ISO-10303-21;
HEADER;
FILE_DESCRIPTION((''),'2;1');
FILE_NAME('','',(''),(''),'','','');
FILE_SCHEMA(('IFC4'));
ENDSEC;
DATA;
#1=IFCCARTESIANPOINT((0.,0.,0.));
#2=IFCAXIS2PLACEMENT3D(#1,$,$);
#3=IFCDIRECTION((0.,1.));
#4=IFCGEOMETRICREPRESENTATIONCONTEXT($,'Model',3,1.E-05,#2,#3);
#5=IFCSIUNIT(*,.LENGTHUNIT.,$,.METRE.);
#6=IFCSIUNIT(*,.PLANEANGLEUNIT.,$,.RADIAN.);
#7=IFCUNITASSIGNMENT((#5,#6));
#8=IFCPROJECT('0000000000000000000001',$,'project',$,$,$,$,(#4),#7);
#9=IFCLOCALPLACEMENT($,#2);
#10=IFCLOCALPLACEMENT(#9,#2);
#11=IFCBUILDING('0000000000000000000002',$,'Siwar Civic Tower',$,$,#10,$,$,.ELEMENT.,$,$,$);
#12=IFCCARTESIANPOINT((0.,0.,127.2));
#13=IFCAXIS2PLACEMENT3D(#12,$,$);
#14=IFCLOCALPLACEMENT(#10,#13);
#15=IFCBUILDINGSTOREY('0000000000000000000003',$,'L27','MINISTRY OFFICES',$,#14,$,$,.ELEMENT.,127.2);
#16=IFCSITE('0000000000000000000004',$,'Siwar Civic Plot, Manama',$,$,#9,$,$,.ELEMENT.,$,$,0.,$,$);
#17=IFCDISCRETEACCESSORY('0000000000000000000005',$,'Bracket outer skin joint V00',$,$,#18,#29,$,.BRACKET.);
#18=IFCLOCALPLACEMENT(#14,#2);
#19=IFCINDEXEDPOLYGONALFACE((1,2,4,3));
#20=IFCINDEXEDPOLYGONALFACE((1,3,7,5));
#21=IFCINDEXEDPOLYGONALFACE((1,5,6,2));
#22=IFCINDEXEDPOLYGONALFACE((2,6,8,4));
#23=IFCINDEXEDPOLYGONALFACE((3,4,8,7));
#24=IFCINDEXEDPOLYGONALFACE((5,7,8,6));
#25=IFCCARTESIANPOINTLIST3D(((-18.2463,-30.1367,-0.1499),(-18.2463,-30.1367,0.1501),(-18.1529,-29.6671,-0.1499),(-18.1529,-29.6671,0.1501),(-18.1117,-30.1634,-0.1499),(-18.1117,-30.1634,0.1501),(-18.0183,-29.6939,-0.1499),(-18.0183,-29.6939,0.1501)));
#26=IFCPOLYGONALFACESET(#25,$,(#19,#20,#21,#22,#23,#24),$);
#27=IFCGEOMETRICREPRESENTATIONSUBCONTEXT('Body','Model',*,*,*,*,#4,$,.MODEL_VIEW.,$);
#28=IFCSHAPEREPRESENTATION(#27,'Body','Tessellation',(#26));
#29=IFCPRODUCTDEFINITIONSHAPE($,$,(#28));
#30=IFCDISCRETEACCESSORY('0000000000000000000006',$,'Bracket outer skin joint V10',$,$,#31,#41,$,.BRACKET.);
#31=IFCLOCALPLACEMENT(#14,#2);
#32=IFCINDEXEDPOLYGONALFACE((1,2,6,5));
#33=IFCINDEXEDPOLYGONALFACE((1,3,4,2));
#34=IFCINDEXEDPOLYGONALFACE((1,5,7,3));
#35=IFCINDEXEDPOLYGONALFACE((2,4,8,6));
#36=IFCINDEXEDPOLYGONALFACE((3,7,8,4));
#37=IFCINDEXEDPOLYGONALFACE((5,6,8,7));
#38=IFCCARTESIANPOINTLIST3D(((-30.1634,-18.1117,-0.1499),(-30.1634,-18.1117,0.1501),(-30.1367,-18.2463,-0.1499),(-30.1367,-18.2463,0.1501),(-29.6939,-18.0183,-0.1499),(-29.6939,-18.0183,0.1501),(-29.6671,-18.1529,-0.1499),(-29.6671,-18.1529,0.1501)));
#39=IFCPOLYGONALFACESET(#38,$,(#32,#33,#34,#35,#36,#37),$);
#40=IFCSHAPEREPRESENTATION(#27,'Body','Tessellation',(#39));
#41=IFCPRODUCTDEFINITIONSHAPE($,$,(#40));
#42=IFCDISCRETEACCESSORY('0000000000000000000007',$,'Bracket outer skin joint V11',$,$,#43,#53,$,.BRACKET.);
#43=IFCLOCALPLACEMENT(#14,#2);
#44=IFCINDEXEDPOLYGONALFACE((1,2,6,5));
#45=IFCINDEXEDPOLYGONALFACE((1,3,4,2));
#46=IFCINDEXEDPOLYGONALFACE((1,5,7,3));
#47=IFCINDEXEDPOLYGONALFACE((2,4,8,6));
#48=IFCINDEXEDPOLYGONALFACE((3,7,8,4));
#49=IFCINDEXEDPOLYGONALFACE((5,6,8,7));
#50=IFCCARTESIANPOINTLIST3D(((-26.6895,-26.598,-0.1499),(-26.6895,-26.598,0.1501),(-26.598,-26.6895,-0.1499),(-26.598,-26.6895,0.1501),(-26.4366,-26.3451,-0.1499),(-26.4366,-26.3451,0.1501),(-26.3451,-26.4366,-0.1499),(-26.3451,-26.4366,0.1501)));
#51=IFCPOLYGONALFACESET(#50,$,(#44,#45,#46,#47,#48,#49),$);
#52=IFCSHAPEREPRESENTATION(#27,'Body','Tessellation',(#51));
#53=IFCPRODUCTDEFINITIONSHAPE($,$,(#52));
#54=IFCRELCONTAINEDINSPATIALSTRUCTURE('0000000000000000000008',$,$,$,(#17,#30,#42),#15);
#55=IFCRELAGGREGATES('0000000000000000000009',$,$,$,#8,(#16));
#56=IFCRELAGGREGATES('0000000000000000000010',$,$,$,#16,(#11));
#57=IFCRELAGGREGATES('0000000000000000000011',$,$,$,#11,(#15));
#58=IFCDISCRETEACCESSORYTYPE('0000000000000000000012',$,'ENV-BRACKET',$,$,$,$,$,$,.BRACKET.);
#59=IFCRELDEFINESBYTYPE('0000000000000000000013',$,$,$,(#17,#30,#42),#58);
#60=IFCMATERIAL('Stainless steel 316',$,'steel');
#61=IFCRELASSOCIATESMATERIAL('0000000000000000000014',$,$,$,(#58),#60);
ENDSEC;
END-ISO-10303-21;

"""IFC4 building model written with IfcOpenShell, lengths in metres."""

from ifc_helpers import new_model, si_unit, direction, frame, origin, origin_2d, place, context, subcontext, project, spatial, rectangle, extrude, material, type_object, element, save


model = new_model("IFC4")

# Units and contexts
model_context = context("Model", 3, precision=1e-05, world=origin(), true_north=direction((0.0, 1.0)))
body_context = subcontext(model_context, "Body", "Model", "MODEL_VIEW")
ifc_project = project(units=[si_unit("LENGTHUNIT", "METRE"), si_unit("PLANEANGLEUNIT", "RADIAN")], contexts=[model_context])

# Site, building, storey
site_placement = place(None, origin())
site = spatial("IfcSite", under=ifc_project, at=site_placement, Name="Siwar Civic Plot, Manama", CompositionType="ELEMENT", RefElevation=0.0)
building_placement = place(site_placement, origin())
building = spatial("IfcBuilding", under=site, at=building_placement, Name="Siwar Civic Tower", CompositionType="ELEMENT")
storey_placement = place(building_placement, frame((0.0, 0.0, 127.2)))
storey = spatial("IfcBuildingStorey", under=building, at=storey_placement, Name="L27", Description="MINISTRY OFFICES", CompositionType="ELEMENT", Elevation=127.2)

# Discrete accessories
ifc_material_1 = material(Name="Stainless steel 316", Category="steel")
discrete_accessory_type = type_object("IfcDiscreteAccessoryType", Name="ENV-BRACKET", PredefinedType="BRACKET", material=ifc_material_1)
for number, where, z_axis, x_axis, name in (
    (1, (-18.1323, -29.9153, -0.1499), (0.0, 0.0, 1.0), (-0.19509, -0.980785, 0.0), "Bracket outer skin joint V00"),
    (2, (-29.9153, -18.1323, -0.1499), (0.0, 0.0, 1.0), (-0.980785, -0.19509, 0.0), "Bracket outer skin joint V10"),
):
    element("IfcDiscreteAccessory", number, at=place(storey_placement, frame(where, z_axis=z_axis, x_axis=x_axis)), inside=storey, type_object=discrete_accessory_type, Name=name, PredefinedType="BRACKET", context=body_context, shape_type="SweptSolid", body=[
        extrude(rectangle(XDim=0.4788, YDim=0.1372, at=origin_2d()), origin(), (0.0, 0.0, 1.0), 0.3),
    ])
discrete_accessory_placement = place(storey_placement, frame((-26.5173, -26.5173, -0.1499), z_axis=(0.0, 0.0, 1.0), x_axis=(-0.707107, -0.707107, 0.0)))
element("IfcDiscreteAccessory", 3, at=discrete_accessory_placement, inside=storey, type_object=discrete_accessory_type, Name="Bracket outer skin joint V11", PredefinedType="BRACKET", context=body_context, shape_type="SweptSolid", body=[
    extrude(rectangle(XDim=0.3577, YDim=0.1294, at=origin_2d()), origin(), (0.0, 0.0, 1.0), 0.3),
])

save(model, "model.ifc")
